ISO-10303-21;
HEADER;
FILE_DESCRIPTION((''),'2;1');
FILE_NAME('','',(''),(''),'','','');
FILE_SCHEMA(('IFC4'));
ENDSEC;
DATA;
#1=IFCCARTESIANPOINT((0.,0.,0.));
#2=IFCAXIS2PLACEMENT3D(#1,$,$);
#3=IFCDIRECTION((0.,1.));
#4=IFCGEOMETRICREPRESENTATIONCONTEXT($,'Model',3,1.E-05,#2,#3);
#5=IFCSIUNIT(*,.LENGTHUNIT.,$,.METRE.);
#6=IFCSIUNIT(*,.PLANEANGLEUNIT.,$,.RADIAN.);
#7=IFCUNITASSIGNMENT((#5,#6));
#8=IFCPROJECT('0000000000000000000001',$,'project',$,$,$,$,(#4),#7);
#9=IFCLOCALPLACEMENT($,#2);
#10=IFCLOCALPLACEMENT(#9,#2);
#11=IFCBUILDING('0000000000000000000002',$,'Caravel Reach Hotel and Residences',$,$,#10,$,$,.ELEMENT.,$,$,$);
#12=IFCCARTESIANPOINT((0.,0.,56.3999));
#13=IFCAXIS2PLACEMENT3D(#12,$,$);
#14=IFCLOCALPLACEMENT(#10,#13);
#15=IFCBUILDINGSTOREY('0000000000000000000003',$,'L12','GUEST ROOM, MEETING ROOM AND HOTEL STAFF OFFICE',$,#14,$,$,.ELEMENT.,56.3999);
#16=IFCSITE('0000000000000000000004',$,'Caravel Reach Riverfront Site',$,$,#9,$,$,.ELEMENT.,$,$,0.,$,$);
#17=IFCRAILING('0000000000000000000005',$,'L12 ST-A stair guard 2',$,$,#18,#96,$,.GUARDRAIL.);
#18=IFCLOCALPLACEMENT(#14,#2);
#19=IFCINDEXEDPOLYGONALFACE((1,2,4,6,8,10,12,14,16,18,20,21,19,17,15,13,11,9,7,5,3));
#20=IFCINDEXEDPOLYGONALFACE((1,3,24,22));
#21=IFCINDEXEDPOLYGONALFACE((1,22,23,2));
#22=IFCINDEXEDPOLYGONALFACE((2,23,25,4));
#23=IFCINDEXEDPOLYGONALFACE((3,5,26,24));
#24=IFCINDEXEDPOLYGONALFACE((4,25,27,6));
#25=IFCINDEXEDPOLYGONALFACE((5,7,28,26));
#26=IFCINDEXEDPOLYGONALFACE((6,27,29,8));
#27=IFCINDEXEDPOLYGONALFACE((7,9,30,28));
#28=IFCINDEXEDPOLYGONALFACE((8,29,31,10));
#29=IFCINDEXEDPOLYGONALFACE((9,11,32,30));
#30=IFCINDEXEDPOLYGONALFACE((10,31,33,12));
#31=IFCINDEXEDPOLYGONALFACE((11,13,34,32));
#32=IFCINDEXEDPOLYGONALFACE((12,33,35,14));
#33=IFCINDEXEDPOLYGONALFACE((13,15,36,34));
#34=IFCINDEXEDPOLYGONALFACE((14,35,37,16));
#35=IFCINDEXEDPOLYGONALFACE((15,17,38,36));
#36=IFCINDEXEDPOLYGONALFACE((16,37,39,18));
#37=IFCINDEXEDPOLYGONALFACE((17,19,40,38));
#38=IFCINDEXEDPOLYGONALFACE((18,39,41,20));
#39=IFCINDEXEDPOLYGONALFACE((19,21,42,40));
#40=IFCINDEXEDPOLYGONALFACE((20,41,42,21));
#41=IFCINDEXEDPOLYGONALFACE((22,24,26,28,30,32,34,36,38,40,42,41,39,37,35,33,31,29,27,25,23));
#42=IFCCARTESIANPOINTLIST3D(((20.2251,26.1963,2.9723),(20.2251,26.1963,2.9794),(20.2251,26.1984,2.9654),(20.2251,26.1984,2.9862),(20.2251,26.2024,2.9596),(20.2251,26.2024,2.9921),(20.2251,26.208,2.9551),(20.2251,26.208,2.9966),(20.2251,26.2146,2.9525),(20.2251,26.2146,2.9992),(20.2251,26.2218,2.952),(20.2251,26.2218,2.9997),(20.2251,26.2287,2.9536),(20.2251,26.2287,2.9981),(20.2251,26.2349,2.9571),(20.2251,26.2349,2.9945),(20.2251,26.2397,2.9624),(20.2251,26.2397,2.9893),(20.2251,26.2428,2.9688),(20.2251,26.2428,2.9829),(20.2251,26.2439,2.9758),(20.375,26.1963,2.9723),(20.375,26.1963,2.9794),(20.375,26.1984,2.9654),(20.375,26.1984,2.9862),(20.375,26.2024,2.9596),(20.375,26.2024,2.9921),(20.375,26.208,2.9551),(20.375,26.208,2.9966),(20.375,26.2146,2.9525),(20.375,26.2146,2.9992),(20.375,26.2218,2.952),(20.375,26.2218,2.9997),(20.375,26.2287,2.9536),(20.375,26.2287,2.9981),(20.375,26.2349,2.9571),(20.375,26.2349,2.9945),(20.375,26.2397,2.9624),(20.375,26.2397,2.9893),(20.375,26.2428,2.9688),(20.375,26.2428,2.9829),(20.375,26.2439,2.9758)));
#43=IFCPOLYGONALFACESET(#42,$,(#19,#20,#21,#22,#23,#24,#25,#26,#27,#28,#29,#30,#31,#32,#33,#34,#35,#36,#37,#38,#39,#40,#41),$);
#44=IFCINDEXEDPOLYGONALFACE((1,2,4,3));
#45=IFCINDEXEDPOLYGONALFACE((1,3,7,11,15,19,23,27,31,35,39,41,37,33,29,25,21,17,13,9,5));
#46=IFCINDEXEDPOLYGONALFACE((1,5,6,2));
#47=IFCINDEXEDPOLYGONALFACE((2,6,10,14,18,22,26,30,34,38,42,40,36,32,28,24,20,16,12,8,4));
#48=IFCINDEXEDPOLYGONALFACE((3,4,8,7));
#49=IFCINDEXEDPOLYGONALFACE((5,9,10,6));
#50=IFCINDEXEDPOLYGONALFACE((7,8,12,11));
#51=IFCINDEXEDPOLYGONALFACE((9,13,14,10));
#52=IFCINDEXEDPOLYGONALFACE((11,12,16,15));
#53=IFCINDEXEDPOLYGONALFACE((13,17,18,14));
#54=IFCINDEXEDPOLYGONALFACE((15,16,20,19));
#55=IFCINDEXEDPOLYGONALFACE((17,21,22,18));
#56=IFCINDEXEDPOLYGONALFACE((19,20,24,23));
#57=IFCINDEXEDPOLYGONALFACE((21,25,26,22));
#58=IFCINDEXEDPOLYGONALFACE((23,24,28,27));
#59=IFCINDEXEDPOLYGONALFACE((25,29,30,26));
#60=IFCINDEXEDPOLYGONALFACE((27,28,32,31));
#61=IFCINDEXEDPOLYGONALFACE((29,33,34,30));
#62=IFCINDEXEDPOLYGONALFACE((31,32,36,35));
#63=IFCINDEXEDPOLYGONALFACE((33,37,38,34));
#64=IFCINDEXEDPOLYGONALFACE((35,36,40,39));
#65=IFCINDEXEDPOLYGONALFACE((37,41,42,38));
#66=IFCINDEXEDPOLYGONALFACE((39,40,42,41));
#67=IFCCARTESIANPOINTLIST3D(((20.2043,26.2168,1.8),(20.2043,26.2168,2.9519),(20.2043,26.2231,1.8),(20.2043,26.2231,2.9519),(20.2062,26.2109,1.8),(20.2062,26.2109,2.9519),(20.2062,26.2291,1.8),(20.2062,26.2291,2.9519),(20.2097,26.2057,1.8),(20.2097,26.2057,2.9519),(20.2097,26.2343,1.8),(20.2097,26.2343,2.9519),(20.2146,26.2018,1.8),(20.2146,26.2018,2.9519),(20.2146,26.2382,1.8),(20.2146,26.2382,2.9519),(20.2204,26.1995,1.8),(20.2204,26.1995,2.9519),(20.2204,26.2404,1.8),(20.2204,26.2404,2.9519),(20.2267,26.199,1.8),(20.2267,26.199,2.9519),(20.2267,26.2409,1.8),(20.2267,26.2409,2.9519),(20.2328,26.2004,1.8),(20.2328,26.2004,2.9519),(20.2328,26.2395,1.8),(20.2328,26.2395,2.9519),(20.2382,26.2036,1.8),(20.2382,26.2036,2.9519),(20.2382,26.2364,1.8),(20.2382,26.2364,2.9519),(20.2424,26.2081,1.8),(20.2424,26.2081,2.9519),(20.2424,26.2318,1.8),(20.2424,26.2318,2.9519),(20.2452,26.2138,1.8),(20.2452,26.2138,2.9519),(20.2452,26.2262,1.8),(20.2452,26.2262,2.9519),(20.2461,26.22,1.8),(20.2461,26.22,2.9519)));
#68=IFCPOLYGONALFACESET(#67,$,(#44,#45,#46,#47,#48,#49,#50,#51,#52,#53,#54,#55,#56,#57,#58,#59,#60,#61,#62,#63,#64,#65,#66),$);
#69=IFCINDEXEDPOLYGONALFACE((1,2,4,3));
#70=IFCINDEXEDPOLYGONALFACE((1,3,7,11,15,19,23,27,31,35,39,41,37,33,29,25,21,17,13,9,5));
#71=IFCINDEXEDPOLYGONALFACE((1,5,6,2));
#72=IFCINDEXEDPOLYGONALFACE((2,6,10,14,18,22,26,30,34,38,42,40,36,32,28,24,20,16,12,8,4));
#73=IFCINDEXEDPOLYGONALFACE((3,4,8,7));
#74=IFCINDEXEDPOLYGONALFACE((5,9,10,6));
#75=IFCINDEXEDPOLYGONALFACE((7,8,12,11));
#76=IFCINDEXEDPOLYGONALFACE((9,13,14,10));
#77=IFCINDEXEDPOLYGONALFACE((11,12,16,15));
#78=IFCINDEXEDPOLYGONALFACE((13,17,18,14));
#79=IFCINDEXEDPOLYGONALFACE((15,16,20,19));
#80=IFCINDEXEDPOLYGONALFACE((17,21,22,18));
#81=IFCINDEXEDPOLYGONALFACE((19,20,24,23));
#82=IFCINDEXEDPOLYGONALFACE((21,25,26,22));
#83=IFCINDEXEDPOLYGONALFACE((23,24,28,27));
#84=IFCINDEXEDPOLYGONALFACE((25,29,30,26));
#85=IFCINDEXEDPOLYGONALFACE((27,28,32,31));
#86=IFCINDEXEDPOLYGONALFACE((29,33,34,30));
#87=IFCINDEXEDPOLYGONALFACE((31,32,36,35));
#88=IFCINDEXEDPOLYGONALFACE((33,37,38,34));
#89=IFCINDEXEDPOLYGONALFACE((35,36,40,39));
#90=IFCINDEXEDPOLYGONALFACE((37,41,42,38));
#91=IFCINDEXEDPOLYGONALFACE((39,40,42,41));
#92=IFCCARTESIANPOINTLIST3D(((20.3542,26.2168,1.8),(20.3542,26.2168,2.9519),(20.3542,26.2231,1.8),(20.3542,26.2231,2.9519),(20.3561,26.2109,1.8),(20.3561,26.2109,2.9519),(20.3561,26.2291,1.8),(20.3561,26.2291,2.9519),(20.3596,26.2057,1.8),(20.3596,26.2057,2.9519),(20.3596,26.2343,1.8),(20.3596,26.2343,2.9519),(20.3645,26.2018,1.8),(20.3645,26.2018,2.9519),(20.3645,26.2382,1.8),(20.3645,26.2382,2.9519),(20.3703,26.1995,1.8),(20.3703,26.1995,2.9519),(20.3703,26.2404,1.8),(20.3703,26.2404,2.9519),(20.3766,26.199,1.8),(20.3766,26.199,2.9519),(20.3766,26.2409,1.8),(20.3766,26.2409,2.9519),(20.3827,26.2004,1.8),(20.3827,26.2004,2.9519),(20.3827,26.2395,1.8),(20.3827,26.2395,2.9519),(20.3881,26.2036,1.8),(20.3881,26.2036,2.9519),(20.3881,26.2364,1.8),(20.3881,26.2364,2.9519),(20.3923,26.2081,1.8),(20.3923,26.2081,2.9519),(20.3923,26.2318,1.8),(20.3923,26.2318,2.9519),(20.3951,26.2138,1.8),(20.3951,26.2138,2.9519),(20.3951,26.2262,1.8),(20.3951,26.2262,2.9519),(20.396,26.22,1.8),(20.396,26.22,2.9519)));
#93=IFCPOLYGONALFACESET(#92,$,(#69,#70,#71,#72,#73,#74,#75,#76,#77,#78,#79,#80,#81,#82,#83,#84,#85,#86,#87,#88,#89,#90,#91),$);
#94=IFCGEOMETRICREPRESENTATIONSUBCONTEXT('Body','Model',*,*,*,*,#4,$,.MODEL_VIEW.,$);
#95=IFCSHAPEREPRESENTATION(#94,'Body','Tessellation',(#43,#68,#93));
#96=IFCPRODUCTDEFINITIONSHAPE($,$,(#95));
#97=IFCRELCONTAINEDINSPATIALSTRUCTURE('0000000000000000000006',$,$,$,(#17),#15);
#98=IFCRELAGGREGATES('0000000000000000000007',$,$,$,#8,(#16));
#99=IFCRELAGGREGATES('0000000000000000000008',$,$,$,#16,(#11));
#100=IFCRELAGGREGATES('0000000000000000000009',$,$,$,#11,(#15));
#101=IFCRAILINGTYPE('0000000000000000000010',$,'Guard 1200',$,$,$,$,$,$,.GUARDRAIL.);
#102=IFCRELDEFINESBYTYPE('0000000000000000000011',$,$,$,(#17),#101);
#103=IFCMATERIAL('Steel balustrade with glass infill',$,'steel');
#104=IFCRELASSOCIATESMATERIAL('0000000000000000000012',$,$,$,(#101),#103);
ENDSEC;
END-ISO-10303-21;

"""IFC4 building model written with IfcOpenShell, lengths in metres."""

from ifc_helpers import new_model, si_unit, direction, frame, origin, origin_2d, place, context, subcontext, project, spatial, circle, extrude, material, type_object, element, save


model = new_model("IFC4")

# Units and contexts
model_context = context("Model", 3, precision=1e-05, world=origin(), true_north=direction((0.0, 1.0)))
body_context = subcontext(model_context, "Body", "Model", "MODEL_VIEW")
ifc_project = project(units=[si_unit("LENGTHUNIT", "METRE"), si_unit("PLANEANGLEUNIT", "RADIAN")], contexts=[model_context])

# Site, building, storey
site_placement = place(None, origin())
site = spatial("IfcSite", under=ifc_project, at=site_placement, Name="Caravel Reach Riverfront Site", CompositionType="ELEMENT", RefElevation=0.0)
building_placement = place(site_placement, origin())
building = spatial("IfcBuilding", under=site, at=building_placement, Name="Caravel Reach Hotel and Residences", CompositionType="ELEMENT")
storey_placement = place(building_placement, frame((0.0, 0.0, 56.3999)))
storey = spatial("IfcBuildingStorey", under=building, at=storey_placement, Name="L12", Description="GUEST ROOM, MEETING ROOM AND HOTEL STAFF OFFICE", CompositionType="ELEMENT", Elevation=56.3999)

# Railing
ifc_material_1 = material(Name="Steel balustrade with glass infill", Category="steel")
railing_type_1 = type_object("IfcRailingType", Name="Guard 1200", PredefinedType="GUARDRAIL", material=ifc_material_1)
railing_1_placement = place(storey_placement, frame((20.2251, 26.22, 1.8)))
element("IfcRailing", 1, at=railing_1_placement, inside=storey, type_object=railing_type_1, Name="L12 ST-A stair guard 2", PredefinedType="GUARDRAIL", context=body_context, shape_type="SweptSolid", body=[
    extrude(circle(Radius=0.0239, at=origin_2d()), frame((0.0, 0.0, 1.1758), z_axis=(1.0, 0.0, 0.0), x_axis=(0.0, 1.0, 0.0)), (0.0, 0.0, 1.0), 0.1499),
    extrude(circle(Radius=0.021, at=origin_2d()), origin(), (0.0, 0.0, 1.0), 1.1519),
    extrude(circle(Radius=0.021, at=origin_2d()), frame((0.1499, 0.0, 0.0)), (0.0, 0.0, 1.0), 1.1519),
])

save(model, "model.ifc")
